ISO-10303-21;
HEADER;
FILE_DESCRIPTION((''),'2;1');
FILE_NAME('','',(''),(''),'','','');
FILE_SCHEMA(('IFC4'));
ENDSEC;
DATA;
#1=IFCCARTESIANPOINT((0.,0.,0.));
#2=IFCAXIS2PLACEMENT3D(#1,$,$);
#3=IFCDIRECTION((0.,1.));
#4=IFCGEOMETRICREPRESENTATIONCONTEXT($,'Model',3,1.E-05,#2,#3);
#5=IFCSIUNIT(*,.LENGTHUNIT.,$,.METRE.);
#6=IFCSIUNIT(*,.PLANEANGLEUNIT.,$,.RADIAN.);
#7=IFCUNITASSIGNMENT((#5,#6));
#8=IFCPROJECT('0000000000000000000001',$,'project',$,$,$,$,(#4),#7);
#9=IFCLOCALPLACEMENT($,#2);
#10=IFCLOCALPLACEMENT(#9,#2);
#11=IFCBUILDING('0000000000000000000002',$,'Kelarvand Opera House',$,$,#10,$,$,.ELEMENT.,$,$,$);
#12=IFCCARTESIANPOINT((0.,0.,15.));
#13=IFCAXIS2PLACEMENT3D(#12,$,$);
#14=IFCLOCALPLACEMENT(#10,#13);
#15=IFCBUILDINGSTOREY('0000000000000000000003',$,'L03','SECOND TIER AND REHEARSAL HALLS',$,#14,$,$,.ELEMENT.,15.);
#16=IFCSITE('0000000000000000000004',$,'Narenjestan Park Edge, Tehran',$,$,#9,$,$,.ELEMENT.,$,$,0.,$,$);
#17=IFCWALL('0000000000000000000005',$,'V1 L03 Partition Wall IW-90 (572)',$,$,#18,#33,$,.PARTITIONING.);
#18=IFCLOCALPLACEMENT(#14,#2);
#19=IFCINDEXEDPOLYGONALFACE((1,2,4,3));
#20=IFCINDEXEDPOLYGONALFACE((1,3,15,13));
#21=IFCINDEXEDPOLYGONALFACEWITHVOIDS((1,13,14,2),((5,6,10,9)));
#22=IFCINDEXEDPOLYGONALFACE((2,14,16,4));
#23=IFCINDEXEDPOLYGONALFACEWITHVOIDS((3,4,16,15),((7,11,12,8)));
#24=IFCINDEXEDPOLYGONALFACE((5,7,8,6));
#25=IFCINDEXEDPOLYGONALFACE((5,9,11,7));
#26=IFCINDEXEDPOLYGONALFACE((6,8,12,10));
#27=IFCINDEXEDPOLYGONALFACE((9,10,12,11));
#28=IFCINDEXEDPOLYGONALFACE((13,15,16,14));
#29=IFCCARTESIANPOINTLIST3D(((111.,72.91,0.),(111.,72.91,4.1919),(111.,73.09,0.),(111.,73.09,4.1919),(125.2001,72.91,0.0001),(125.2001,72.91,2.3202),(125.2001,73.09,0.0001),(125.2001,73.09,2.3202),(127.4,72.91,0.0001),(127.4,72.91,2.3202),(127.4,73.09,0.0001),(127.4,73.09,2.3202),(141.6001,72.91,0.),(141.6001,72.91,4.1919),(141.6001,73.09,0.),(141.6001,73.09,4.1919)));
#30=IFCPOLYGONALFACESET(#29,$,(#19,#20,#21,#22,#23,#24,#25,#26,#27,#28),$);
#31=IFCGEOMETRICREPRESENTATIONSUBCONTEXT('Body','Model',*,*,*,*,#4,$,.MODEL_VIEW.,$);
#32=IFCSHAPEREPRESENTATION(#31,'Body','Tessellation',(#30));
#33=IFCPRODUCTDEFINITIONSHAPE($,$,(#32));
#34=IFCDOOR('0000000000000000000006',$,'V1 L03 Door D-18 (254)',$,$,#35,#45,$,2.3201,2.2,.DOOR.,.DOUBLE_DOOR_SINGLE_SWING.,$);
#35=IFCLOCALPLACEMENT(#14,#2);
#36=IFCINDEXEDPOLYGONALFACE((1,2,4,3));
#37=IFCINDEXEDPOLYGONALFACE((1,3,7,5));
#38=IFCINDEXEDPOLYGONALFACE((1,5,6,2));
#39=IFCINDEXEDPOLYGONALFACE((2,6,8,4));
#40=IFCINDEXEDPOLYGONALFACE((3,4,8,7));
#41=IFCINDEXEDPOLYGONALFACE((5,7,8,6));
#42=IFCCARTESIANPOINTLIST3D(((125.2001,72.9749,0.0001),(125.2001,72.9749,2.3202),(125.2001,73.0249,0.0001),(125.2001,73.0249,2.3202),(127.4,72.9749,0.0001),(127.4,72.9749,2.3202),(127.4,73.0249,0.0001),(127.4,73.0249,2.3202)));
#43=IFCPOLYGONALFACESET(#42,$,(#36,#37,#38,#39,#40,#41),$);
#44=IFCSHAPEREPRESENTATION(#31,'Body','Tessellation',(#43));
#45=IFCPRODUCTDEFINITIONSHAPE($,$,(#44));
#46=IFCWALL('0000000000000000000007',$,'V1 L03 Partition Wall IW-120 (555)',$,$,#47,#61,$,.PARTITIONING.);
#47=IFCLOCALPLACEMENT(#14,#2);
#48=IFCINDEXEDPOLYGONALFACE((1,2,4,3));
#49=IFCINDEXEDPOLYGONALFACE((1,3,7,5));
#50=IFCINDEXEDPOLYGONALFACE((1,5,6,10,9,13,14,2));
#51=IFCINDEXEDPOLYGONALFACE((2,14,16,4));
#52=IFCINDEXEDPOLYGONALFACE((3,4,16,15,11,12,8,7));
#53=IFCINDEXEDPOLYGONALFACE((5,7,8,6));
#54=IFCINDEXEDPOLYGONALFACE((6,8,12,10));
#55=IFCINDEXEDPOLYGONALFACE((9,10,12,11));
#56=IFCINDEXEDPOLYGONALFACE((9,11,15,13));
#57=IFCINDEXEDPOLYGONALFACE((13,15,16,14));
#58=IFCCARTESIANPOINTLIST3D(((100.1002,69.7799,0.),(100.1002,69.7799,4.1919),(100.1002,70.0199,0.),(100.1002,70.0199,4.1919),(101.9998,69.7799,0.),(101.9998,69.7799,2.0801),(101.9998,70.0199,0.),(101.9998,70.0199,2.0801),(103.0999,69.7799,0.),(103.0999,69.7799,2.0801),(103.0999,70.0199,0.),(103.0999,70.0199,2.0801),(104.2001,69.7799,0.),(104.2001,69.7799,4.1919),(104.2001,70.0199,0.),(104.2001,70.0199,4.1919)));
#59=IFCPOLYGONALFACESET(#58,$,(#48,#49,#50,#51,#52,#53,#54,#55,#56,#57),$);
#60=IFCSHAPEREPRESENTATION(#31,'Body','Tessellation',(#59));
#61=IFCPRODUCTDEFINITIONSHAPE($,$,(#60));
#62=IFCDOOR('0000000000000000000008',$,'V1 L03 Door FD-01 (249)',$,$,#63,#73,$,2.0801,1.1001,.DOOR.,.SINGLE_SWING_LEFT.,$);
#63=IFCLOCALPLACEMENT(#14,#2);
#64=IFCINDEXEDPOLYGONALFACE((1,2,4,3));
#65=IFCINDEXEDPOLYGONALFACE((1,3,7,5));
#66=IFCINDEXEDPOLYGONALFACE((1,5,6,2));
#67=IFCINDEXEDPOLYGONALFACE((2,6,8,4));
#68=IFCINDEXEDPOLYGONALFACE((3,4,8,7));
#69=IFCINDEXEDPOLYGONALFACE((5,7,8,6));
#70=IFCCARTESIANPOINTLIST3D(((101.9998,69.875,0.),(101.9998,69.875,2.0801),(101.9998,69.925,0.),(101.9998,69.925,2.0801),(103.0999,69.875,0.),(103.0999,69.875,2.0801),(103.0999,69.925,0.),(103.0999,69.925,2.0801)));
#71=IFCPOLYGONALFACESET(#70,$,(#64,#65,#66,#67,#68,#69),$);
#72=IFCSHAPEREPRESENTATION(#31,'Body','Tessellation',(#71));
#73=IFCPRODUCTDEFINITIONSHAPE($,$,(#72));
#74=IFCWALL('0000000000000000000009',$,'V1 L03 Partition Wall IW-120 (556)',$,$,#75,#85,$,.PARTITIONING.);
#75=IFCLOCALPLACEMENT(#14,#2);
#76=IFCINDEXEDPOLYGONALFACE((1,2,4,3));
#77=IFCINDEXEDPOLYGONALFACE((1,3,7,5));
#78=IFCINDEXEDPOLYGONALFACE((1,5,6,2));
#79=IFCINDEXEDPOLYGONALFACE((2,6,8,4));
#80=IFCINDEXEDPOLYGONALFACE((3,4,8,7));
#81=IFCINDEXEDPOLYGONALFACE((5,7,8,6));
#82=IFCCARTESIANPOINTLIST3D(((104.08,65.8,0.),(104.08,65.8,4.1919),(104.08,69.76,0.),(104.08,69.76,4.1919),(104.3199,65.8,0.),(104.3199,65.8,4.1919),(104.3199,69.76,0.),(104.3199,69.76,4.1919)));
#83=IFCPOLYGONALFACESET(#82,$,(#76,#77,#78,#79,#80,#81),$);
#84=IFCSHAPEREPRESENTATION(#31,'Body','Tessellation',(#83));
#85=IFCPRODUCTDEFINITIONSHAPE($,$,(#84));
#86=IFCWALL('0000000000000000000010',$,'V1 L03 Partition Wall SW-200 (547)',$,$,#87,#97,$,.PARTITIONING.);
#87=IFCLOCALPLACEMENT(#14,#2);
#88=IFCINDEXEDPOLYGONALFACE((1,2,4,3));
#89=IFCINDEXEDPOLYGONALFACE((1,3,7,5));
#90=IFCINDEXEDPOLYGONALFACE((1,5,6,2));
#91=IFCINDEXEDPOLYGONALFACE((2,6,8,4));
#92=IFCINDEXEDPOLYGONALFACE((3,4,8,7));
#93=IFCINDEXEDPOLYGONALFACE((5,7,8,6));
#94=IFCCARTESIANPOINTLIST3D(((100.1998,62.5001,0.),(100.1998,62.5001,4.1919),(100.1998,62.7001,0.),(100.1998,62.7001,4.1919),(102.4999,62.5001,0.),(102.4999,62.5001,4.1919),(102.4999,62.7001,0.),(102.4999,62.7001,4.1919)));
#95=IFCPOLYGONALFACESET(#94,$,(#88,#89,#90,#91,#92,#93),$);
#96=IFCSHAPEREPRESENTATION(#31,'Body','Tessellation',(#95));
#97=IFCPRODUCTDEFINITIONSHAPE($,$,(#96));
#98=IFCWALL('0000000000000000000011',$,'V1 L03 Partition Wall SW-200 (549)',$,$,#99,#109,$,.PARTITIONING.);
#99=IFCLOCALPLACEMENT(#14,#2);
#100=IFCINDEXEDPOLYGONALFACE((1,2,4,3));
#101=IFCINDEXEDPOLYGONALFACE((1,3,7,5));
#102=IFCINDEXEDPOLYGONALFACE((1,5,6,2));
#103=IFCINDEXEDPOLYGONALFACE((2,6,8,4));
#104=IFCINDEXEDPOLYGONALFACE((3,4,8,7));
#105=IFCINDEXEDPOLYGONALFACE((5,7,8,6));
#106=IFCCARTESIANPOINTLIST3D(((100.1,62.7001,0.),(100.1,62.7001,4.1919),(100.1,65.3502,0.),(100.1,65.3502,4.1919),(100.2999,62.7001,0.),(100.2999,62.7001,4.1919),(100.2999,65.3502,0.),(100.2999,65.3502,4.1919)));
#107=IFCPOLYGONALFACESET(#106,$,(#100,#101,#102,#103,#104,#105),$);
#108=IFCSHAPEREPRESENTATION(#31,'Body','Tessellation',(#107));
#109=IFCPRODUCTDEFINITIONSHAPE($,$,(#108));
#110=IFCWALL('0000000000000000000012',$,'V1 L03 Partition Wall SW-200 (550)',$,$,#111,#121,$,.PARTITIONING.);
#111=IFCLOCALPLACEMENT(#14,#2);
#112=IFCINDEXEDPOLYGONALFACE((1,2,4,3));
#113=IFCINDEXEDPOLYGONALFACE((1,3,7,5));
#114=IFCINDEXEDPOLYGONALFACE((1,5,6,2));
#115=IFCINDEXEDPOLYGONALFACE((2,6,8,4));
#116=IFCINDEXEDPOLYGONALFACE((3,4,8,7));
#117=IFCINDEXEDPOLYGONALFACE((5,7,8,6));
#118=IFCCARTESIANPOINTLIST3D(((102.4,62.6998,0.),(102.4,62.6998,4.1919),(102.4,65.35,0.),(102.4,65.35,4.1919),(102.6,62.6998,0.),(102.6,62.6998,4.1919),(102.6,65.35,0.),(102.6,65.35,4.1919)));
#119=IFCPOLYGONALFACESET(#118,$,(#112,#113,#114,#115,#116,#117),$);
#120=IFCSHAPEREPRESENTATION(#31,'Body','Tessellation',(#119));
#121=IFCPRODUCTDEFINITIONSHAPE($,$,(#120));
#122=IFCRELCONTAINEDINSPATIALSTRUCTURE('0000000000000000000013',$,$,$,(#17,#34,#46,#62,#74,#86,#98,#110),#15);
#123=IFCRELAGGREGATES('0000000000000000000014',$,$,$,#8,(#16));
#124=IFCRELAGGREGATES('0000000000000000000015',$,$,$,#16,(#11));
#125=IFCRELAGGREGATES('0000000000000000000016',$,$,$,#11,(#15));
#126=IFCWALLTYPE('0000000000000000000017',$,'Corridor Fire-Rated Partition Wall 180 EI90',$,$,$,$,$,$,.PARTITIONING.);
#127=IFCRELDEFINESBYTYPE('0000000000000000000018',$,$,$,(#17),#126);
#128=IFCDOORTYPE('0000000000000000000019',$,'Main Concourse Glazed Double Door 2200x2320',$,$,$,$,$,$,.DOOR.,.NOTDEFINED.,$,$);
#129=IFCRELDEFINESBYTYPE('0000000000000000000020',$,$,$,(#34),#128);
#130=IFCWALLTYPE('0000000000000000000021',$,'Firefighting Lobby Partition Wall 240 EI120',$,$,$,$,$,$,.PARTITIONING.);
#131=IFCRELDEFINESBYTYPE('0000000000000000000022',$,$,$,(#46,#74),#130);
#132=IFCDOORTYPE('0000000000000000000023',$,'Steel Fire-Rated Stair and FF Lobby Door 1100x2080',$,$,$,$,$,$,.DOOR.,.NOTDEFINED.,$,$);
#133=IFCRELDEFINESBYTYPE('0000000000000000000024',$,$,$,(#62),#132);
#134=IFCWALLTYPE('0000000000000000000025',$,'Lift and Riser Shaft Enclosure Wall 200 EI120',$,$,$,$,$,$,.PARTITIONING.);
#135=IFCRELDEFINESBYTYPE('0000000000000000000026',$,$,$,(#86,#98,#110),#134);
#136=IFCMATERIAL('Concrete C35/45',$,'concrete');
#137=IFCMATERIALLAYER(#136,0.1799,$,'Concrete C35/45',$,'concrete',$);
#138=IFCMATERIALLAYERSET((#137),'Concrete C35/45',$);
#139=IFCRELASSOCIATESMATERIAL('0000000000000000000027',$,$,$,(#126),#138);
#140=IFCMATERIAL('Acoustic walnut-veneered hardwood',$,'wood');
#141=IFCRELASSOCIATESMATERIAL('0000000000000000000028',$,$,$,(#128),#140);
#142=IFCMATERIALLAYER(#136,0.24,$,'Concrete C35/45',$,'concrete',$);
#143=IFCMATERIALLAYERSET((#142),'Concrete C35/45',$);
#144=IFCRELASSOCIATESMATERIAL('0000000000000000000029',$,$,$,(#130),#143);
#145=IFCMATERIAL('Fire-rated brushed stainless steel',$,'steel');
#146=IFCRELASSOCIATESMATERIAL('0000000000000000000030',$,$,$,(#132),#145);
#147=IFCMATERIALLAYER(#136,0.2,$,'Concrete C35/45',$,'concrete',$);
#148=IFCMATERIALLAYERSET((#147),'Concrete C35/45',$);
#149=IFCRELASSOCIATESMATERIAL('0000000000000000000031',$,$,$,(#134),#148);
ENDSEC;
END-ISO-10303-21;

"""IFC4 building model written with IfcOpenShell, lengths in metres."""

from ifc_helpers import new_model, si_unit, direction, frame, frame_2d, origin, place, context, subcontext, project, spatial, rectangle, extrude, material, layer, layer_set, type_object, element, fill, save


model = new_model("IFC4")

# Units and contexts
model_context = context("Model", 3, precision=1e-05, world=origin(), true_north=direction((0.0, 1.0)))
body_context = subcontext(model_context, "Body", "Model", "MODEL_VIEW")
ifc_project = project(units=[si_unit("LENGTHUNIT", "METRE"), si_unit("PLANEANGLEUNIT", "RADIAN")], contexts=[model_context])

# Site, building, storey
site_placement = place(None, origin())
site = spatial("IfcSite", under=ifc_project, at=site_placement, Name="Narenjestan Park Edge, Tehran", CompositionType="ELEMENT", RefElevation=0.0)
building_placement = place(site_placement, origin())
building = spatial("IfcBuilding", under=site, at=building_placement, Name="Kelarvand Opera House", CompositionType="ELEMENT")
storey_placement = place(building_placement, frame((0.0, 0.0, 15.0)))
storey = spatial("IfcBuildingStorey", under=building, at=storey_placement, Name="L03", Description="SECOND TIER AND REHEARSAL HALLS", CompositionType="ELEMENT", Elevation=15.0)

# Walls, openings, doors
ifc_material_1 = material(Name="Concrete C35/45", Category="concrete")
ifc_layer_1 = layer(ifc_material_1, 0.1799, Name="Concrete C35/45", Category="concrete")
ifc_layer_set_1 = layer_set([ifc_layer_1], Name="Concrete C35/45")
wall_type_1 = type_object("IfcWallType", Name="Corridor Fire-Rated Partition Wall 180 EI90", PredefinedType="PARTITIONING", material=ifc_layer_set_1)
wall_1_placement = place(storey_placement, frame((111.0, 73.0, 0.0), z_axis=(0.0, 0.0, 1.0), x_axis=(1.0, 0.0, 0.0)))
wall_1 = element("IfcWall", 1, at=wall_1_placement, inside=storey, type_object=wall_type_1, Name="V1 L03 Partition Wall IW-90 (572)", PredefinedType="PARTITIONING", context=body_context, shape_type="SweptSolid", body=[
    extrude(rectangle(XDim=30.6001, YDim=0.1799, at=frame_2d((15.3, 0.0))), origin(), (0.0, 0.0, 1.0), 4.1919),
])
opening_1_placement = place(wall_1_placement, frame((14.2, 0.0, 0.0)))
opening_1 = element("IfcOpeningElement", 2, at=opening_1_placement, cuts=wall_1, PredefinedType="OPENING", context=body_context, shape_type="SweptSolid", body=[
    extrude(rectangle(XDim=2.2, YDim=2.3201, at=frame_2d((1.1001, 1.1602))), frame((0.0, 0.1001, 0.0), z_axis=(0.0, -1.0, 0.0), x_axis=(1.0, 0.0, 0.0)), (0.0, 0.0, 1.0), 0.2),
])
ifc_material_2 = material(Name="Acoustic walnut-veneered hardwood", Category="wood")
door_type_1 = type_object("IfcDoorType", Name="Main Concourse Glazed Double Door 2200x2320", OperationType="NOTDEFINED", PredefinedType="DOOR", material=ifc_material_2)
door_1_placement = place(opening_1_placement, origin())
door_1 = element("IfcDoor", 3, at=door_1_placement, inside=storey, type_object=door_type_1, Name="V1 L03 Door D-18 (254)", OperationType="DOUBLE_DOOR_SINGLE_SWING", OverallHeight=2.3201, OverallWidth=2.2, PredefinedType="DOOR", context=body_context, shape_type="SweptSolid", body=[
    extrude(rectangle(XDim=2.2, YDim=2.3201, at=frame_2d((1.1001, 1.1602))), frame((0.0, 0.0249, 0.0), z_axis=(0.0, -1.0, 0.0), x_axis=(1.0, 0.0, 0.0)), (0.0, 0.0, 1.0), 0.05),
])
fill(opening_1, door_1)
ifc_layer_2 = layer(ifc_material_1, 0.24, Name="Concrete C35/45", Category="concrete")
ifc_layer_set_2 = layer_set([ifc_layer_2], Name="Concrete C35/45")
wall_type_2 = type_object("IfcWallType", Name="Firefighting Lobby Partition Wall 240 EI120", PredefinedType="PARTITIONING", material=ifc_layer_set_2)
wall_2_placement = place(storey_placement, frame((104.2, 69.8999, 0.0), z_axis=(0.0, 0.0, 1.0), x_axis=(-1.0, 0.0, 0.0)))
wall_2 = element("IfcWall", 4, at=wall_2_placement, inside=storey, type_object=wall_type_2, Name="V1 L03 Partition Wall IW-120 (555)", PredefinedType="PARTITIONING", context=body_context, shape_type="SweptSolid", body=[
    extrude(rectangle(XDim=4.0999, YDim=0.24, at=frame_2d((2.0498, 0.0))), origin(), (0.0, 0.0, 1.0), 4.1919),
])
opening_2_placement = place(wall_2_placement, frame((1.1001, 0.0, 0.0)))
opening_2 = element("IfcOpeningElement", 5, at=opening_2_placement, cuts=wall_2, PredefinedType="OPENING", context=body_context, shape_type="SweptSolid", body=[
    extrude(rectangle(XDim=1.1001, YDim=2.0801, at=frame_2d((0.55, 1.04))), frame((0.0, 0.1299, 0.0), z_axis=(0.0, -1.0, 0.0), x_axis=(1.0, 0.0, 0.0)), (0.0, 0.0, 1.0), 0.26),
])
ifc_material_3 = material(Name="Fire-rated brushed stainless steel", Category="steel")
door_type_2 = type_object("IfcDoorType", Name="Steel Fire-Rated Stair and FF Lobby Door 1100x2080", OperationType="NOTDEFINED", PredefinedType="DOOR", material=ifc_material_3)
door_2_placement = place(opening_2_placement, origin())
door_2 = element("IfcDoor", 6, at=door_2_placement, inside=storey, type_object=door_type_2, Name="V1 L03 Door FD-01 (249)", OperationType="SINGLE_SWING_LEFT", OverallHeight=2.0801, OverallWidth=1.1001, PredefinedType="DOOR", context=body_context, shape_type="SweptSolid", body=[
    extrude(rectangle(XDim=1.1001, YDim=2.0801, at=frame_2d((0.55, 1.04))), frame((0.0, 0.0249, 0.0), z_axis=(0.0, -1.0, 0.0), x_axis=(1.0, 0.0, 0.0)), (0.0, 0.0, 1.0), 0.05),
])
fill(opening_2, door_2)

# Walls
wall_3_placement = place(storey_placement, frame((104.2, 69.76, 0.0), z_axis=(0.0, 0.0, 1.0), x_axis=(0.0, -1.0, 0.0)))
element("IfcWall", 7, at=wall_3_placement, inside=storey, type_object=wall_type_2, Name="V1 L03 Partition Wall IW-120 (556)", PredefinedType="PARTITIONING", context=body_context, shape_type="SweptSolid", body=[
    extrude(rectangle(XDim=3.96, YDim=0.24, at=frame_2d((1.98, 0.0))), origin(), (0.0, 0.0, 1.0), 4.1919),
])
ifc_layer_3 = layer(ifc_material_1, 0.2, Name="Concrete C35/45", Category="concrete")
ifc_layer_set_3 = layer_set([ifc_layer_3], Name="Concrete C35/45")
wall_type_3 = type_object("IfcWallType", Name="Lift and Riser Shaft Enclosure Wall 200 EI120", PredefinedType="PARTITIONING", material=ifc_layer_set_3)
wall_4_placement = place(storey_placement, frame((100.2, 62.6001, 0.0), z_axis=(0.0, 0.0, 1.0), x_axis=(1.0, 0.0, 0.0)))
element("IfcWall", 8, at=wall_4_placement, inside=storey, type_object=wall_type_3, Name="V1 L03 Partition Wall SW-200 (547)", PredefinedType="PARTITIONING", context=body_context, shape_type="SweptSolid", body=[
    extrude(rectangle(XDim=2.3, YDim=0.2, at=frame_2d((1.1499, 0.0))), origin(), (0.0, 0.0, 1.0), 4.1919),
])

# Walls
for number, where, z_axis, x_axis, name in (
    (9, (100.2, 62.7, 0.0), (0.0, 0.0, 1.0), (0.0, 1.0, 0.0), "V1 L03 Partition Wall SW-200 (549)"),
    (10, (102.5, 65.3501, 0.0), (0.0, 0.0, 1.0), (0.0, -1.0, 0.0), "V1 L03 Partition Wall SW-200 (550)"),
):
    element("IfcWall", number, at=place(storey_placement, frame(where, z_axis=z_axis, x_axis=x_axis)), inside=storey, type_object=wall_type_3, Name=name, PredefinedType="PARTITIONING", context=body_context, shape_type="SweptSolid", body=[
        extrude(rectangle(XDim=2.6501, YDim=0.2, at=frame_2d((1.3252, 0.0))), origin(), (0.0, 0.0, 1.0), 4.1919),
    ])

save(model, "model.ifc")
